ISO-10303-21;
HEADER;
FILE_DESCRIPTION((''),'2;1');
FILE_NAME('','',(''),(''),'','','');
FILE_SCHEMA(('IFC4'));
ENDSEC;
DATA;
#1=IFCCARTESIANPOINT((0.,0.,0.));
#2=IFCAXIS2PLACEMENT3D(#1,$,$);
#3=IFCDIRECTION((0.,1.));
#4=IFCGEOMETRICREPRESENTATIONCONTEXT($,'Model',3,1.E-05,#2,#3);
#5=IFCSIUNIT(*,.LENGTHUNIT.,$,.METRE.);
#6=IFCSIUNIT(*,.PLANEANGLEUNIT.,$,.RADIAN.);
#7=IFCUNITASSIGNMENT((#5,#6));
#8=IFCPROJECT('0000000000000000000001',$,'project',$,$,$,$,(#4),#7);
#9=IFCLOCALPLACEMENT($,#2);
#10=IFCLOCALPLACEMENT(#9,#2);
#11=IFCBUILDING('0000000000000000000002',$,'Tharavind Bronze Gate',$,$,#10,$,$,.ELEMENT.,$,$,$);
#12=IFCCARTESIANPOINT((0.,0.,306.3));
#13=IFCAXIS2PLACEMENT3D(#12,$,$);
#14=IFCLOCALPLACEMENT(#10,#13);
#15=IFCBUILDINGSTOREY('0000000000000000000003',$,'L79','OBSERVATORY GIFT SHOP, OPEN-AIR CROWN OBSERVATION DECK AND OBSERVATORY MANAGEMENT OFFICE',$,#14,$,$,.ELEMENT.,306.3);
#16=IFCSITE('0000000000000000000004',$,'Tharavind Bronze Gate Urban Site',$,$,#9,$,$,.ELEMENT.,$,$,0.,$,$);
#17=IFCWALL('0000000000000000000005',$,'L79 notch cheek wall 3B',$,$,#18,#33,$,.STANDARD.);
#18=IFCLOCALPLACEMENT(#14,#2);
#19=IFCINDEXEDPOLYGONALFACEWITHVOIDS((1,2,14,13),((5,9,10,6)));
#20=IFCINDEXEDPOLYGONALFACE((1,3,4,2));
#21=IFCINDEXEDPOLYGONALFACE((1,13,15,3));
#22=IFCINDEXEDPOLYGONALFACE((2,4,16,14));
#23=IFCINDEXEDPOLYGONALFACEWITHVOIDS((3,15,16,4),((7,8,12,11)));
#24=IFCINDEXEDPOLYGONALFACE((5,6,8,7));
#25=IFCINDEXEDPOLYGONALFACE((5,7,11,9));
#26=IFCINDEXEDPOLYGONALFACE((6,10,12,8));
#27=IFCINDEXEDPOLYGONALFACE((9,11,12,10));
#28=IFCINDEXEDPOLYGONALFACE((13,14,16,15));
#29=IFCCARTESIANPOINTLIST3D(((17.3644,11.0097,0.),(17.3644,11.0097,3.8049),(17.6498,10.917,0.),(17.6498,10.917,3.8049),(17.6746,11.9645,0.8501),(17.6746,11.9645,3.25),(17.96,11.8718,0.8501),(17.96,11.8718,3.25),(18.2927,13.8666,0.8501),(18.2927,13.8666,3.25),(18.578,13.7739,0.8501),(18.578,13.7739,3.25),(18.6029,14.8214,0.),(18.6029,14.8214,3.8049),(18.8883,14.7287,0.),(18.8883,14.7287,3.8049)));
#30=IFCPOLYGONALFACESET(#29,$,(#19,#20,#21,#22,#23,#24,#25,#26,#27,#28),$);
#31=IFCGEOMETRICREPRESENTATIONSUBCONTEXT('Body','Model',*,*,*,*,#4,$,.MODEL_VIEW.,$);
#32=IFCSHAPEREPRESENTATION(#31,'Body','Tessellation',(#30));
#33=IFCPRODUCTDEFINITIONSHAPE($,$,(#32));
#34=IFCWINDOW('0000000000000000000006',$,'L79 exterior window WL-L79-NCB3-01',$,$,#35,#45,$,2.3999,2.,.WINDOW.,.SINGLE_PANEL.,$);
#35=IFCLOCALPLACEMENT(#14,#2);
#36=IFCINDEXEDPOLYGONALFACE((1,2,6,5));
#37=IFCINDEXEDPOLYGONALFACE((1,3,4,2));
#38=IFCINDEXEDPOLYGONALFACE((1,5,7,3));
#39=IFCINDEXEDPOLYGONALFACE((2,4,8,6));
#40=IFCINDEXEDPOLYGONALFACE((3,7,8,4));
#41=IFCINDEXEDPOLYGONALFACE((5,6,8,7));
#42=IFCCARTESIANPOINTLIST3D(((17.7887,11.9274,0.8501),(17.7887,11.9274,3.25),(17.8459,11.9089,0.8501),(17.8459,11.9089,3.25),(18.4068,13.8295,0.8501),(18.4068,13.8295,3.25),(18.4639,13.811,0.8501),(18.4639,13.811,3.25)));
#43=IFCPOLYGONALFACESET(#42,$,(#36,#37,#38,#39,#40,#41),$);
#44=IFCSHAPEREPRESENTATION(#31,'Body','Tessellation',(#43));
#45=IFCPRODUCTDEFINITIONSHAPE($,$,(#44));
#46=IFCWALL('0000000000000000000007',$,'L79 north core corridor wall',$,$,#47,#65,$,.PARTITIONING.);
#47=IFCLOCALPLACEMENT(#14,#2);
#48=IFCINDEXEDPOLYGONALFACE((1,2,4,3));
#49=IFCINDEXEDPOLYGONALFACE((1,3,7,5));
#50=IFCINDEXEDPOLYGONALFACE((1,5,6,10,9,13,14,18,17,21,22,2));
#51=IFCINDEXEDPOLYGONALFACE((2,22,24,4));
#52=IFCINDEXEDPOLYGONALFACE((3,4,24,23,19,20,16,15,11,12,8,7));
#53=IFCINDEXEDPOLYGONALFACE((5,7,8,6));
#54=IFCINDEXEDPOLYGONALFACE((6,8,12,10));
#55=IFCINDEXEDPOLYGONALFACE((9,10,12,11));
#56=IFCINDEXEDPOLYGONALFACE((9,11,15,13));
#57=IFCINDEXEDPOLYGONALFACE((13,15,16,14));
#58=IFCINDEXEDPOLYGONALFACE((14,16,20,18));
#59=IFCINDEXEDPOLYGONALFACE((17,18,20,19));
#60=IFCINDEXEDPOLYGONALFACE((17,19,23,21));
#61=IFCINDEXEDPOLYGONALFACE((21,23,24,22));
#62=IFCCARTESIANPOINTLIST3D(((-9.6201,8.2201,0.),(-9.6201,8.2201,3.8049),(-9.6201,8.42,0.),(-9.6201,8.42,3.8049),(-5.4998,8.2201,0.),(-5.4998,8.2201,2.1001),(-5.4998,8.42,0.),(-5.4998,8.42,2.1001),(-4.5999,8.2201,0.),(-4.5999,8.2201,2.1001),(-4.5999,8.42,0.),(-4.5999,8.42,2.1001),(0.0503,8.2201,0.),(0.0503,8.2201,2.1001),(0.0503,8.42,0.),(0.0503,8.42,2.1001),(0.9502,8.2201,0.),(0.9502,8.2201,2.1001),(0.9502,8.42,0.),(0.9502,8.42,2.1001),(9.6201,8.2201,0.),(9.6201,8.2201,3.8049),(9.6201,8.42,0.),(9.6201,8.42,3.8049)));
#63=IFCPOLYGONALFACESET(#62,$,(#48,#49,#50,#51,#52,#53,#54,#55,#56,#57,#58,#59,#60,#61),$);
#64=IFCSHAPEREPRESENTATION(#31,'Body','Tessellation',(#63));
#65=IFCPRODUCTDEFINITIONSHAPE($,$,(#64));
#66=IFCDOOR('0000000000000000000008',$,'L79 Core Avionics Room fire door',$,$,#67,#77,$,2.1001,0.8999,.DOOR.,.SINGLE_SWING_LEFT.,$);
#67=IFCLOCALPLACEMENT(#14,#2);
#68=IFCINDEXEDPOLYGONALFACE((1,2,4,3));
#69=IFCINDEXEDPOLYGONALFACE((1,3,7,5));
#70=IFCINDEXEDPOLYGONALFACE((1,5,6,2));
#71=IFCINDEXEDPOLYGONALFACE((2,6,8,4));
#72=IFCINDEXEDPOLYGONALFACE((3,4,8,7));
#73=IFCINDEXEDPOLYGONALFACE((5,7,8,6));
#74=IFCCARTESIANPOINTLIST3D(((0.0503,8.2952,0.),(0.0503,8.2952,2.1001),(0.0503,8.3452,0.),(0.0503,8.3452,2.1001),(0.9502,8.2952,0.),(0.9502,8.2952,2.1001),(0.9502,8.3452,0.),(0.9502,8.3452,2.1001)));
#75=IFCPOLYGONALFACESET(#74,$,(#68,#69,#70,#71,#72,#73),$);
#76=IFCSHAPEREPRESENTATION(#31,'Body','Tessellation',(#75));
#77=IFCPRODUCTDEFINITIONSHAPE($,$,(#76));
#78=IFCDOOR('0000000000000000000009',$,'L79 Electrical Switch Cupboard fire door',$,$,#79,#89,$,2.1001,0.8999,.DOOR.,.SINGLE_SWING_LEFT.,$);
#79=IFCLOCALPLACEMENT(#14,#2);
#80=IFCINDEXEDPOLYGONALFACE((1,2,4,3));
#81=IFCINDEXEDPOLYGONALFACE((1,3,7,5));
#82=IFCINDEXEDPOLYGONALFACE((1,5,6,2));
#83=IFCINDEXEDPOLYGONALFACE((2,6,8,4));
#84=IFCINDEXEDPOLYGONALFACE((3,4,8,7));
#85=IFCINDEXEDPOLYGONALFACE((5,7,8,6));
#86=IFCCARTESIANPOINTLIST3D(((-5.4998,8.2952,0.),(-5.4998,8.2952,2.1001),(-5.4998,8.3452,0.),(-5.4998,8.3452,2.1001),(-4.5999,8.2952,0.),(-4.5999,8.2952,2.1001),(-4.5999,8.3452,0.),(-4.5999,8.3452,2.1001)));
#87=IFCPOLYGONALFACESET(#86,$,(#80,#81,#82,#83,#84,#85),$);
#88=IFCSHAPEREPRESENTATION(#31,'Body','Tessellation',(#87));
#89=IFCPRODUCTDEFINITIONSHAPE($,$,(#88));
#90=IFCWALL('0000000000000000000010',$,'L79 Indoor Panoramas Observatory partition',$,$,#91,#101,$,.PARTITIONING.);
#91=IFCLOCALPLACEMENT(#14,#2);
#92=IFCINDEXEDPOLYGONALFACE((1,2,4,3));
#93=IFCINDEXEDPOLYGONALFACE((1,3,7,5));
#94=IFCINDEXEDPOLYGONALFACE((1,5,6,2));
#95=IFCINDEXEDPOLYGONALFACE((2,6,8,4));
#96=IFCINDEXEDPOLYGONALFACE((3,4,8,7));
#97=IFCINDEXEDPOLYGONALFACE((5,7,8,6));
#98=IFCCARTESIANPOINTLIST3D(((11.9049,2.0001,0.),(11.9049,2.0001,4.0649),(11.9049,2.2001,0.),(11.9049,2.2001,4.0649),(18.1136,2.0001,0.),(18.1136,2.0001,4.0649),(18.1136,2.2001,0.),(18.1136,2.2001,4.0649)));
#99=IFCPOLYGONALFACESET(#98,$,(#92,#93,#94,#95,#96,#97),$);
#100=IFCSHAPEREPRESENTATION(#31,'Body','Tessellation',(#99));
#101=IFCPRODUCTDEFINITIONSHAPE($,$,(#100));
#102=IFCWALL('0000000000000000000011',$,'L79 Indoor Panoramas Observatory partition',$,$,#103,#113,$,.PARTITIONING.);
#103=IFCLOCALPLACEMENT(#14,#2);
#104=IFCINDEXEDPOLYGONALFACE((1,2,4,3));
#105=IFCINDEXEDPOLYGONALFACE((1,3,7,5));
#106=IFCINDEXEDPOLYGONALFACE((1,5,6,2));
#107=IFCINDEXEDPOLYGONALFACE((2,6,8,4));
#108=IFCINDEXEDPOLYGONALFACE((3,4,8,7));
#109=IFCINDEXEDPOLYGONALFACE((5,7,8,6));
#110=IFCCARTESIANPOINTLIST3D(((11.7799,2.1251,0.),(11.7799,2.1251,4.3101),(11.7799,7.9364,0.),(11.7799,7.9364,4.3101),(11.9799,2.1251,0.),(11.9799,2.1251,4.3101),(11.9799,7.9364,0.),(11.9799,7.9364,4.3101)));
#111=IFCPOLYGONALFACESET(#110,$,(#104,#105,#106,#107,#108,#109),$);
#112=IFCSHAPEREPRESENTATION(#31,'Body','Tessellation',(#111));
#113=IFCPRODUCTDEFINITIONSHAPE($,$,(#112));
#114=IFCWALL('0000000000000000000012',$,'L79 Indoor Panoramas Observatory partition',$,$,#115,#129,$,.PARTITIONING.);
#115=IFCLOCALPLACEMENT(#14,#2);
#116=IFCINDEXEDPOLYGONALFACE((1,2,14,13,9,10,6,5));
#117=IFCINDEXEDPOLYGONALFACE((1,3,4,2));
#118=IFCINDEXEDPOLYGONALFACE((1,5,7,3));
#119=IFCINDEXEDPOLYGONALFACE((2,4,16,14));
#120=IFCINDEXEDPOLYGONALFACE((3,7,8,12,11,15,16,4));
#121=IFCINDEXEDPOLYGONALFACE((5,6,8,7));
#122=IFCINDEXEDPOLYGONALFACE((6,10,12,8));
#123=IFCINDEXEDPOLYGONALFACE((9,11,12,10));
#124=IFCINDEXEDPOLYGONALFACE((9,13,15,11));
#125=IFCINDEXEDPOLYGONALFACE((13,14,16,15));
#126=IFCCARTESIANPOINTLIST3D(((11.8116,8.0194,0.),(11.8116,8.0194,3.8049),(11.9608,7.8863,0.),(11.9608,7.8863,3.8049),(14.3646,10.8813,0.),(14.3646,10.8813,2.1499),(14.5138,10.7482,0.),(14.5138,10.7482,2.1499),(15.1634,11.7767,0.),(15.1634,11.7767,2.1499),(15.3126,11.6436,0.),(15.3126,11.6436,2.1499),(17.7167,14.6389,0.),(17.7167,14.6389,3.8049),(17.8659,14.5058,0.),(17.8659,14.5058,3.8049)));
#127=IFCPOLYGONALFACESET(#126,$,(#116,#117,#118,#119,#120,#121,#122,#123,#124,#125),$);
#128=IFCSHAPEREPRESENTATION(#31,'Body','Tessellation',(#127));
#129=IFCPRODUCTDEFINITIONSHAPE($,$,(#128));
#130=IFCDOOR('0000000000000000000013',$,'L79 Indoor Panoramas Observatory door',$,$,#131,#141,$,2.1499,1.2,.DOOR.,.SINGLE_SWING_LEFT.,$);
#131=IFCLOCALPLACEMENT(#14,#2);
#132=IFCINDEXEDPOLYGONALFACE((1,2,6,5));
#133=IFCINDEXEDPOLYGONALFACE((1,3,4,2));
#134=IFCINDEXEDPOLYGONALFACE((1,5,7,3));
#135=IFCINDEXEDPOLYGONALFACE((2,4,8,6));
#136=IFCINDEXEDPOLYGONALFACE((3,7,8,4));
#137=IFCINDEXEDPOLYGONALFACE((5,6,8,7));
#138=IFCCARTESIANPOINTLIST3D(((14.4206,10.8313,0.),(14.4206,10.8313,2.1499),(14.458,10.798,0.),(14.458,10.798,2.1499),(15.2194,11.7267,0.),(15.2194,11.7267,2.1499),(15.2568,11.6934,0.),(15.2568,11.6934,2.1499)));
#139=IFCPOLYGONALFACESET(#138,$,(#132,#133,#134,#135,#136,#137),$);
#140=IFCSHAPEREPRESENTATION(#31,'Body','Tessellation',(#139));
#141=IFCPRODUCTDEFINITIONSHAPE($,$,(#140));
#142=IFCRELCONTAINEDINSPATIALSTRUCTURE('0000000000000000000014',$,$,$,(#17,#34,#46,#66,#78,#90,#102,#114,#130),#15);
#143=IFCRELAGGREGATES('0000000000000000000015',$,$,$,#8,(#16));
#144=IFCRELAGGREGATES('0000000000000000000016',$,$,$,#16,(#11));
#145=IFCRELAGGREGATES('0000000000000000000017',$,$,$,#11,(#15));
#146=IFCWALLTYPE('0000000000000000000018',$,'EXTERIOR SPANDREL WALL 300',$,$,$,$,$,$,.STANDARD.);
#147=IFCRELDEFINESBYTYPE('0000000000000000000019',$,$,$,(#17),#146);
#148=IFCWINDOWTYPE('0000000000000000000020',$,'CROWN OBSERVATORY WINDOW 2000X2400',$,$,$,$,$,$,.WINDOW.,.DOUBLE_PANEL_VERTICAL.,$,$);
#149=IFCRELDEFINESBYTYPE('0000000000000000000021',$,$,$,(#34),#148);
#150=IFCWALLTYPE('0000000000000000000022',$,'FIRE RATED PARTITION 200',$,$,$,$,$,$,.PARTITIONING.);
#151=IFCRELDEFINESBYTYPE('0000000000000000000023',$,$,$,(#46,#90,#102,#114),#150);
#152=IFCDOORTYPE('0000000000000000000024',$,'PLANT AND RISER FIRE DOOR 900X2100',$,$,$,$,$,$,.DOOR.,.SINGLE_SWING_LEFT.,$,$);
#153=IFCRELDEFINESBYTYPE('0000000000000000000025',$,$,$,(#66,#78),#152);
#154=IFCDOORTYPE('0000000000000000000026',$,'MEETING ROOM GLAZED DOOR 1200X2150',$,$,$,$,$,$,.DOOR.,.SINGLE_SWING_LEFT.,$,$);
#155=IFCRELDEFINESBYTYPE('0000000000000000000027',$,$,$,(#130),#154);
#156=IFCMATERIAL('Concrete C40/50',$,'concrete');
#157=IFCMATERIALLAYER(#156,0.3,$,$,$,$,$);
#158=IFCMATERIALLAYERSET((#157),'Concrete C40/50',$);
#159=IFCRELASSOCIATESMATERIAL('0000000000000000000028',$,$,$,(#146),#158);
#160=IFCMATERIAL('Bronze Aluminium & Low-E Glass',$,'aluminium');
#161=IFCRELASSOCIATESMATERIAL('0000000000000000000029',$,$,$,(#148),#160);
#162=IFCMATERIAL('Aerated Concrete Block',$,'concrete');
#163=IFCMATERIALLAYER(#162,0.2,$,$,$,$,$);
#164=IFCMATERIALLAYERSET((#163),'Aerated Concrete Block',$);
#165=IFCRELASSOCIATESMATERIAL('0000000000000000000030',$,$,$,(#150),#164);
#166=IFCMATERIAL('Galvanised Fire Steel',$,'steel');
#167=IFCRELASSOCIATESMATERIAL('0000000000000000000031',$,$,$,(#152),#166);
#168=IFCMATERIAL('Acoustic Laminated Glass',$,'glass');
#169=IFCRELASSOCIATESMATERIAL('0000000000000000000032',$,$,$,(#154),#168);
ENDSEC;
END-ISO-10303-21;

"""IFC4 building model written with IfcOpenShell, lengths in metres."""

from ifc_helpers import new_model, si_unit, direction, frame, frame_2d, origin, place, context, subcontext, project, spatial, rectangle, extrude, material, layer, layer_set, type_object, element, fill, save


model = new_model("IFC4")

# Units and contexts
model_context = context("Model", 3, precision=1e-05, world=origin(), true_north=direction((0.0, 1.0)))
body_context = subcontext(model_context, "Body", "Model", "MODEL_VIEW")
ifc_project = project(units=[si_unit("LENGTHUNIT", "METRE"), si_unit("PLANEANGLEUNIT", "RADIAN")], contexts=[model_context])

# Site, building, storey
site_placement = place(None, origin())
site = spatial("IfcSite", under=ifc_project, at=site_placement, Name="Tharavind Bronze Gate Urban Site", CompositionType="ELEMENT", RefElevation=0.0)
building_placement = place(site_placement, origin())
building = spatial("IfcBuilding", under=site, at=building_placement, Name="Tharavind Bronze Gate", CompositionType="ELEMENT")
storey_placement = place(building_placement, frame((0.0, 0.0, 306.3)))
storey = spatial("IfcBuildingStorey", under=building, at=storey_placement, Name="L79", Description="OBSERVATORY GIFT SHOP, OPEN-AIR CROWN OBSERVATION DECK AND OBSERVATORY MANAGEMENT OFFICE", CompositionType="ELEMENT", Elevation=306.3)

# Wall, opening, window
ifc_material_1 = material(Name="Concrete C40/50", Category="concrete")
ifc_layer_1 = layer(ifc_material_1, 0.3)
ifc_layer_set_1 = layer_set([ifc_layer_1], Name="Concrete C40/50")
wall_type_1 = type_object("IfcWallType", Name="EXTERIOR SPANDREL WALL 300", PredefinedType="STANDARD", material=ifc_layer_set_1)
ifc_material_2 = material(Name="Bronze Aluminium & Low-E Glass", Category="aluminium")
window_type = type_object("IfcWindowType", Name="CROWN OBSERVATORY WINDOW 2000X2400", PartitioningType="DOUBLE_PANEL_VERTICAL", PredefinedType="WINDOW", material=ifc_material_2)
wall_1_placement = place(storey_placement, frame((17.5071, 10.9634, 0.0), z_axis=(0.0, 0.0, 1.0), x_axis=(0.309019, 0.951056, 0.0)))
wall_1 = element("IfcWall", 1, at=wall_1_placement, inside=storey, type_object=wall_type_1, Name="L79 notch cheek wall 3B", PredefinedType="STANDARD", context=body_context, shape_type="SweptSolid", body=[
    extrude(rectangle(XDim=4.0078, YDim=0.3, at=frame_2d((2.0039, 0.0))), origin(), (0.0, 0.0, 1.0), 3.8049),
])
opening_1_placement = place(wall_1_placement, frame((1.0039, 0.0, 0.8501)))
opening_1 = element("IfcOpeningElement", 2, at=opening_1_placement, cuts=wall_1, PredefinedType="OPENING", context=body_context, shape_type="SweptSolid", body=[
    extrude(rectangle(XDim=2.0, YDim=2.3999, at=frame_2d((1.0, 1.2))), frame((0.0, 0.1599, 0.0), z_axis=(0.0, -1.0, 0.0), x_axis=(1.0, 0.0, 0.0)), (0.0, 0.0, 1.0), 0.32),
])
window_1_placement = place(opening_1_placement, origin())
window_1 = element("IfcWindow", 3, at=window_1_placement, inside=storey, type_object=window_type, Name="L79 exterior window WL-L79-NCB3-01", OverallHeight=2.3999, OverallWidth=2.0, PartitioningType="SINGLE_PANEL", PredefinedType="WINDOW", context=body_context, shape_type="SweptSolid", body=[
    extrude(rectangle(XDim=2.0, YDim=2.3999, at=frame_2d((1.0, 1.2))), frame((0.0, 0.03, 0.0), z_axis=(0.0, -1.0, 0.0), x_axis=(1.0, 0.0, 0.0)), (0.0, 0.0, 1.0), 0.0601),
])
fill(opening_1, window_1)

# Wall, openings, doors
ifc_material_3 = material(Name="Aerated Concrete Block", Category="concrete")
ifc_layer_2 = layer(ifc_material_3, 0.2)
ifc_layer_set_2 = layer_set([ifc_layer_2], Name="Aerated Concrete Block")
wall_type_2 = type_object("IfcWallType", Name="FIRE RATED PARTITION 200", PredefinedType="PARTITIONING", material=ifc_layer_set_2)
wall_2_placement = place(storey_placement, frame((9.6201, 8.3201, 0.0), z_axis=(0.0, 0.0, 1.0), x_axis=(-1.0, 0.0, 0.0)))
wall_2 = element("IfcWall", 4, at=wall_2_placement, inside=storey, type_object=wall_type_2, Name="L79 north core corridor wall", PredefinedType="PARTITIONING", context=body_context, shape_type="SweptSolid", body=[
    extrude(rectangle(XDim=19.2402, YDim=0.2, at=frame_2d((9.6201, 0.0))), origin(), (0.0, 0.0, 1.0), 3.8049),
])
opening_2_placement = place(wall_2_placement, frame((8.6699, 0.0, 0.0)))
opening_2 = element("IfcOpeningElement", 5, at=opening_2_placement, cuts=wall_2, PredefinedType="OPENING", context=body_context, shape_type="SweptSolid", body=[
    extrude(rectangle(XDim=0.8999, YDim=2.1001, at=frame_2d((0.45, 1.05))), frame((0.0, 0.1101, 0.0), z_axis=(0.0, -1.0, 0.0), x_axis=(1.0, 0.0, 0.0)), (0.0, 0.0, 1.0), 0.22),
])
opening_3_placement = place(wall_2_placement, frame((14.22, 0.0, 0.0)))
opening_3 = element("IfcOpeningElement", 6, at=opening_3_placement, cuts=wall_2, PredefinedType="OPENING", context=body_context, shape_type="SweptSolid", body=[
    extrude(rectangle(XDim=0.8999, YDim=2.1001, at=frame_2d((0.45, 1.05))), frame((0.0, 0.1101, 0.0), z_axis=(0.0, -1.0, 0.0), x_axis=(1.0, 0.0, 0.0)), (0.0, 0.0, 1.0), 0.22),
])
ifc_material_4 = material(Name="Galvanised Fire Steel", Category="steel")
door_type_1 = type_object("IfcDoorType", Name="PLANT AND RISER FIRE DOOR 900X2100", OperationType="SINGLE_SWING_LEFT", PredefinedType="DOOR", material=ifc_material_4)
door_1_placement = place(opening_2_placement, origin())
door_1 = element("IfcDoor", 7, at=door_1_placement, inside=storey, type_object=door_type_1, Name="L79 Core Avionics Room fire door", OperationType="SINGLE_SWING_LEFT", OverallHeight=2.1001, OverallWidth=0.8999, PredefinedType="DOOR", context=body_context, shape_type="SweptSolid", body=[
    extrude(rectangle(XDim=0.8999, YDim=2.1001, at=frame_2d((0.45, 1.05))), frame((0.0, 0.0249, 0.0), z_axis=(0.0, -1.0, 0.0), x_axis=(1.0, 0.0, 0.0)), (0.0, 0.0, 1.0), 0.05),
])
fill(opening_2, door_1)
door_2_placement = place(opening_3_placement, origin())
door_2 = element("IfcDoor", 8, at=door_2_placement, inside=storey, type_object=door_type_1, Name="L79 Electrical Switch Cupboard fire door", OperationType="SINGLE_SWING_LEFT", OverallHeight=2.1001, OverallWidth=0.8999, PredefinedType="DOOR", context=body_context, shape_type="SweptSolid", body=[
    extrude(rectangle(XDim=0.8999, YDim=2.1001, at=frame_2d((0.45, 1.05))), frame((0.0, 0.0249, 0.0), z_axis=(0.0, -1.0, 0.0), x_axis=(1.0, 0.0, 0.0)), (0.0, 0.0, 1.0), 0.05),
])
fill(opening_3, door_2)

# Walls
wall_3_placement = place(storey_placement, frame((18.1138, 2.1001, 0.0), z_axis=(0.0, 0.0, 1.0), x_axis=(-1.0, 0.0, 0.0)))
element("IfcWall", 9, at=wall_3_placement, inside=storey, type_object=wall_type_2, Name="L79 Indoor Panoramas Observatory partition", PredefinedType="PARTITIONING", context=body_context, shape_type="SweptSolid", body=[
    extrude(rectangle(XDim=6.2087, YDim=0.2, at=frame_2d((3.1045, 0.0))), origin(), (0.0, 0.0, 1.0), 4.0649),
])
wall_4_placement = place(storey_placement, frame((11.8799, 2.125, 0.0), z_axis=(0.0, 0.0, 1.0), x_axis=(0.0, 1.0, 0.0)))
element("IfcWall", 10, at=wall_4_placement, inside=storey, type_object=wall_type_2, Name="L79 Indoor Panoramas Observatory partition", PredefinedType="PARTITIONING", context=body_context, shape_type="SweptSolid", body=[
    extrude(rectangle(XDim=5.8113, YDim=0.2, at=frame_2d((2.9058, 0.0))), origin(), (0.0, 0.0, 1.0), 4.3101),
])

# Wall, opening, door
wall_5_placement = place(storey_placement, frame((11.8862, 7.9529, 0.0), z_axis=(0.0, 0.0, 1.0), x_axis=(0.665694, 0.746225, 0.0)))
wall_5 = element("IfcWall", 11, at=wall_5_placement, inside=storey, type_object=wall_type_2, Name="L79 Indoor Panoramas Observatory partition", PredefinedType="PARTITIONING", context=body_context, shape_type="SweptSolid", body=[
    extrude(rectangle(XDim=8.8706, YDim=0.2, at=frame_2d((4.4353, 0.0))), origin(), (0.0, 0.0, 1.0), 3.8049),
])
opening_4_placement = place(wall_5_placement, frame((3.835, 0.0, 0.0)))
opening_4 = element("IfcOpeningElement", 12, at=opening_4_placement, cuts=wall_5, PredefinedType="OPENING", context=body_context, shape_type="SweptSolid", body=[
    extrude(rectangle(XDim=1.2, YDim=2.1499, at=frame_2d((0.6001, 1.075))), frame((0.0, 0.1101, 0.0), z_axis=(0.0, -1.0, 0.0), x_axis=(1.0, 0.0, 0.0)), (0.0, 0.0, 1.0), 0.22),
])
ifc_material_5 = material(Name="Acoustic Laminated Glass", Category="glass")
door_type_2 = type_object("IfcDoorType", Name="MEETING ROOM GLAZED DOOR 1200X2150", OperationType="SINGLE_SWING_LEFT", PredefinedType="DOOR", material=ifc_material_5)
door_3_placement = place(opening_4_placement, origin())
door_3 = element("IfcDoor", 13, at=door_3_placement, inside=storey, type_object=door_type_2, Name="L79 Indoor Panoramas Observatory door", OperationType="SINGLE_SWING_LEFT", OverallHeight=2.1499, OverallWidth=1.2, PredefinedType="DOOR", context=body_context, shape_type="SweptSolid", body=[
    extrude(rectangle(XDim=1.2, YDim=2.1499, at=frame_2d((0.6001, 1.075))), frame((0.0, 0.0249, 0.0), z_axis=(0.0, -1.0, 0.0), x_axis=(1.0, 0.0, 0.0)), (0.0, 0.0, 1.0), 0.05),
])
fill(opening_4, door_3)

save(model, "model.ifc")
